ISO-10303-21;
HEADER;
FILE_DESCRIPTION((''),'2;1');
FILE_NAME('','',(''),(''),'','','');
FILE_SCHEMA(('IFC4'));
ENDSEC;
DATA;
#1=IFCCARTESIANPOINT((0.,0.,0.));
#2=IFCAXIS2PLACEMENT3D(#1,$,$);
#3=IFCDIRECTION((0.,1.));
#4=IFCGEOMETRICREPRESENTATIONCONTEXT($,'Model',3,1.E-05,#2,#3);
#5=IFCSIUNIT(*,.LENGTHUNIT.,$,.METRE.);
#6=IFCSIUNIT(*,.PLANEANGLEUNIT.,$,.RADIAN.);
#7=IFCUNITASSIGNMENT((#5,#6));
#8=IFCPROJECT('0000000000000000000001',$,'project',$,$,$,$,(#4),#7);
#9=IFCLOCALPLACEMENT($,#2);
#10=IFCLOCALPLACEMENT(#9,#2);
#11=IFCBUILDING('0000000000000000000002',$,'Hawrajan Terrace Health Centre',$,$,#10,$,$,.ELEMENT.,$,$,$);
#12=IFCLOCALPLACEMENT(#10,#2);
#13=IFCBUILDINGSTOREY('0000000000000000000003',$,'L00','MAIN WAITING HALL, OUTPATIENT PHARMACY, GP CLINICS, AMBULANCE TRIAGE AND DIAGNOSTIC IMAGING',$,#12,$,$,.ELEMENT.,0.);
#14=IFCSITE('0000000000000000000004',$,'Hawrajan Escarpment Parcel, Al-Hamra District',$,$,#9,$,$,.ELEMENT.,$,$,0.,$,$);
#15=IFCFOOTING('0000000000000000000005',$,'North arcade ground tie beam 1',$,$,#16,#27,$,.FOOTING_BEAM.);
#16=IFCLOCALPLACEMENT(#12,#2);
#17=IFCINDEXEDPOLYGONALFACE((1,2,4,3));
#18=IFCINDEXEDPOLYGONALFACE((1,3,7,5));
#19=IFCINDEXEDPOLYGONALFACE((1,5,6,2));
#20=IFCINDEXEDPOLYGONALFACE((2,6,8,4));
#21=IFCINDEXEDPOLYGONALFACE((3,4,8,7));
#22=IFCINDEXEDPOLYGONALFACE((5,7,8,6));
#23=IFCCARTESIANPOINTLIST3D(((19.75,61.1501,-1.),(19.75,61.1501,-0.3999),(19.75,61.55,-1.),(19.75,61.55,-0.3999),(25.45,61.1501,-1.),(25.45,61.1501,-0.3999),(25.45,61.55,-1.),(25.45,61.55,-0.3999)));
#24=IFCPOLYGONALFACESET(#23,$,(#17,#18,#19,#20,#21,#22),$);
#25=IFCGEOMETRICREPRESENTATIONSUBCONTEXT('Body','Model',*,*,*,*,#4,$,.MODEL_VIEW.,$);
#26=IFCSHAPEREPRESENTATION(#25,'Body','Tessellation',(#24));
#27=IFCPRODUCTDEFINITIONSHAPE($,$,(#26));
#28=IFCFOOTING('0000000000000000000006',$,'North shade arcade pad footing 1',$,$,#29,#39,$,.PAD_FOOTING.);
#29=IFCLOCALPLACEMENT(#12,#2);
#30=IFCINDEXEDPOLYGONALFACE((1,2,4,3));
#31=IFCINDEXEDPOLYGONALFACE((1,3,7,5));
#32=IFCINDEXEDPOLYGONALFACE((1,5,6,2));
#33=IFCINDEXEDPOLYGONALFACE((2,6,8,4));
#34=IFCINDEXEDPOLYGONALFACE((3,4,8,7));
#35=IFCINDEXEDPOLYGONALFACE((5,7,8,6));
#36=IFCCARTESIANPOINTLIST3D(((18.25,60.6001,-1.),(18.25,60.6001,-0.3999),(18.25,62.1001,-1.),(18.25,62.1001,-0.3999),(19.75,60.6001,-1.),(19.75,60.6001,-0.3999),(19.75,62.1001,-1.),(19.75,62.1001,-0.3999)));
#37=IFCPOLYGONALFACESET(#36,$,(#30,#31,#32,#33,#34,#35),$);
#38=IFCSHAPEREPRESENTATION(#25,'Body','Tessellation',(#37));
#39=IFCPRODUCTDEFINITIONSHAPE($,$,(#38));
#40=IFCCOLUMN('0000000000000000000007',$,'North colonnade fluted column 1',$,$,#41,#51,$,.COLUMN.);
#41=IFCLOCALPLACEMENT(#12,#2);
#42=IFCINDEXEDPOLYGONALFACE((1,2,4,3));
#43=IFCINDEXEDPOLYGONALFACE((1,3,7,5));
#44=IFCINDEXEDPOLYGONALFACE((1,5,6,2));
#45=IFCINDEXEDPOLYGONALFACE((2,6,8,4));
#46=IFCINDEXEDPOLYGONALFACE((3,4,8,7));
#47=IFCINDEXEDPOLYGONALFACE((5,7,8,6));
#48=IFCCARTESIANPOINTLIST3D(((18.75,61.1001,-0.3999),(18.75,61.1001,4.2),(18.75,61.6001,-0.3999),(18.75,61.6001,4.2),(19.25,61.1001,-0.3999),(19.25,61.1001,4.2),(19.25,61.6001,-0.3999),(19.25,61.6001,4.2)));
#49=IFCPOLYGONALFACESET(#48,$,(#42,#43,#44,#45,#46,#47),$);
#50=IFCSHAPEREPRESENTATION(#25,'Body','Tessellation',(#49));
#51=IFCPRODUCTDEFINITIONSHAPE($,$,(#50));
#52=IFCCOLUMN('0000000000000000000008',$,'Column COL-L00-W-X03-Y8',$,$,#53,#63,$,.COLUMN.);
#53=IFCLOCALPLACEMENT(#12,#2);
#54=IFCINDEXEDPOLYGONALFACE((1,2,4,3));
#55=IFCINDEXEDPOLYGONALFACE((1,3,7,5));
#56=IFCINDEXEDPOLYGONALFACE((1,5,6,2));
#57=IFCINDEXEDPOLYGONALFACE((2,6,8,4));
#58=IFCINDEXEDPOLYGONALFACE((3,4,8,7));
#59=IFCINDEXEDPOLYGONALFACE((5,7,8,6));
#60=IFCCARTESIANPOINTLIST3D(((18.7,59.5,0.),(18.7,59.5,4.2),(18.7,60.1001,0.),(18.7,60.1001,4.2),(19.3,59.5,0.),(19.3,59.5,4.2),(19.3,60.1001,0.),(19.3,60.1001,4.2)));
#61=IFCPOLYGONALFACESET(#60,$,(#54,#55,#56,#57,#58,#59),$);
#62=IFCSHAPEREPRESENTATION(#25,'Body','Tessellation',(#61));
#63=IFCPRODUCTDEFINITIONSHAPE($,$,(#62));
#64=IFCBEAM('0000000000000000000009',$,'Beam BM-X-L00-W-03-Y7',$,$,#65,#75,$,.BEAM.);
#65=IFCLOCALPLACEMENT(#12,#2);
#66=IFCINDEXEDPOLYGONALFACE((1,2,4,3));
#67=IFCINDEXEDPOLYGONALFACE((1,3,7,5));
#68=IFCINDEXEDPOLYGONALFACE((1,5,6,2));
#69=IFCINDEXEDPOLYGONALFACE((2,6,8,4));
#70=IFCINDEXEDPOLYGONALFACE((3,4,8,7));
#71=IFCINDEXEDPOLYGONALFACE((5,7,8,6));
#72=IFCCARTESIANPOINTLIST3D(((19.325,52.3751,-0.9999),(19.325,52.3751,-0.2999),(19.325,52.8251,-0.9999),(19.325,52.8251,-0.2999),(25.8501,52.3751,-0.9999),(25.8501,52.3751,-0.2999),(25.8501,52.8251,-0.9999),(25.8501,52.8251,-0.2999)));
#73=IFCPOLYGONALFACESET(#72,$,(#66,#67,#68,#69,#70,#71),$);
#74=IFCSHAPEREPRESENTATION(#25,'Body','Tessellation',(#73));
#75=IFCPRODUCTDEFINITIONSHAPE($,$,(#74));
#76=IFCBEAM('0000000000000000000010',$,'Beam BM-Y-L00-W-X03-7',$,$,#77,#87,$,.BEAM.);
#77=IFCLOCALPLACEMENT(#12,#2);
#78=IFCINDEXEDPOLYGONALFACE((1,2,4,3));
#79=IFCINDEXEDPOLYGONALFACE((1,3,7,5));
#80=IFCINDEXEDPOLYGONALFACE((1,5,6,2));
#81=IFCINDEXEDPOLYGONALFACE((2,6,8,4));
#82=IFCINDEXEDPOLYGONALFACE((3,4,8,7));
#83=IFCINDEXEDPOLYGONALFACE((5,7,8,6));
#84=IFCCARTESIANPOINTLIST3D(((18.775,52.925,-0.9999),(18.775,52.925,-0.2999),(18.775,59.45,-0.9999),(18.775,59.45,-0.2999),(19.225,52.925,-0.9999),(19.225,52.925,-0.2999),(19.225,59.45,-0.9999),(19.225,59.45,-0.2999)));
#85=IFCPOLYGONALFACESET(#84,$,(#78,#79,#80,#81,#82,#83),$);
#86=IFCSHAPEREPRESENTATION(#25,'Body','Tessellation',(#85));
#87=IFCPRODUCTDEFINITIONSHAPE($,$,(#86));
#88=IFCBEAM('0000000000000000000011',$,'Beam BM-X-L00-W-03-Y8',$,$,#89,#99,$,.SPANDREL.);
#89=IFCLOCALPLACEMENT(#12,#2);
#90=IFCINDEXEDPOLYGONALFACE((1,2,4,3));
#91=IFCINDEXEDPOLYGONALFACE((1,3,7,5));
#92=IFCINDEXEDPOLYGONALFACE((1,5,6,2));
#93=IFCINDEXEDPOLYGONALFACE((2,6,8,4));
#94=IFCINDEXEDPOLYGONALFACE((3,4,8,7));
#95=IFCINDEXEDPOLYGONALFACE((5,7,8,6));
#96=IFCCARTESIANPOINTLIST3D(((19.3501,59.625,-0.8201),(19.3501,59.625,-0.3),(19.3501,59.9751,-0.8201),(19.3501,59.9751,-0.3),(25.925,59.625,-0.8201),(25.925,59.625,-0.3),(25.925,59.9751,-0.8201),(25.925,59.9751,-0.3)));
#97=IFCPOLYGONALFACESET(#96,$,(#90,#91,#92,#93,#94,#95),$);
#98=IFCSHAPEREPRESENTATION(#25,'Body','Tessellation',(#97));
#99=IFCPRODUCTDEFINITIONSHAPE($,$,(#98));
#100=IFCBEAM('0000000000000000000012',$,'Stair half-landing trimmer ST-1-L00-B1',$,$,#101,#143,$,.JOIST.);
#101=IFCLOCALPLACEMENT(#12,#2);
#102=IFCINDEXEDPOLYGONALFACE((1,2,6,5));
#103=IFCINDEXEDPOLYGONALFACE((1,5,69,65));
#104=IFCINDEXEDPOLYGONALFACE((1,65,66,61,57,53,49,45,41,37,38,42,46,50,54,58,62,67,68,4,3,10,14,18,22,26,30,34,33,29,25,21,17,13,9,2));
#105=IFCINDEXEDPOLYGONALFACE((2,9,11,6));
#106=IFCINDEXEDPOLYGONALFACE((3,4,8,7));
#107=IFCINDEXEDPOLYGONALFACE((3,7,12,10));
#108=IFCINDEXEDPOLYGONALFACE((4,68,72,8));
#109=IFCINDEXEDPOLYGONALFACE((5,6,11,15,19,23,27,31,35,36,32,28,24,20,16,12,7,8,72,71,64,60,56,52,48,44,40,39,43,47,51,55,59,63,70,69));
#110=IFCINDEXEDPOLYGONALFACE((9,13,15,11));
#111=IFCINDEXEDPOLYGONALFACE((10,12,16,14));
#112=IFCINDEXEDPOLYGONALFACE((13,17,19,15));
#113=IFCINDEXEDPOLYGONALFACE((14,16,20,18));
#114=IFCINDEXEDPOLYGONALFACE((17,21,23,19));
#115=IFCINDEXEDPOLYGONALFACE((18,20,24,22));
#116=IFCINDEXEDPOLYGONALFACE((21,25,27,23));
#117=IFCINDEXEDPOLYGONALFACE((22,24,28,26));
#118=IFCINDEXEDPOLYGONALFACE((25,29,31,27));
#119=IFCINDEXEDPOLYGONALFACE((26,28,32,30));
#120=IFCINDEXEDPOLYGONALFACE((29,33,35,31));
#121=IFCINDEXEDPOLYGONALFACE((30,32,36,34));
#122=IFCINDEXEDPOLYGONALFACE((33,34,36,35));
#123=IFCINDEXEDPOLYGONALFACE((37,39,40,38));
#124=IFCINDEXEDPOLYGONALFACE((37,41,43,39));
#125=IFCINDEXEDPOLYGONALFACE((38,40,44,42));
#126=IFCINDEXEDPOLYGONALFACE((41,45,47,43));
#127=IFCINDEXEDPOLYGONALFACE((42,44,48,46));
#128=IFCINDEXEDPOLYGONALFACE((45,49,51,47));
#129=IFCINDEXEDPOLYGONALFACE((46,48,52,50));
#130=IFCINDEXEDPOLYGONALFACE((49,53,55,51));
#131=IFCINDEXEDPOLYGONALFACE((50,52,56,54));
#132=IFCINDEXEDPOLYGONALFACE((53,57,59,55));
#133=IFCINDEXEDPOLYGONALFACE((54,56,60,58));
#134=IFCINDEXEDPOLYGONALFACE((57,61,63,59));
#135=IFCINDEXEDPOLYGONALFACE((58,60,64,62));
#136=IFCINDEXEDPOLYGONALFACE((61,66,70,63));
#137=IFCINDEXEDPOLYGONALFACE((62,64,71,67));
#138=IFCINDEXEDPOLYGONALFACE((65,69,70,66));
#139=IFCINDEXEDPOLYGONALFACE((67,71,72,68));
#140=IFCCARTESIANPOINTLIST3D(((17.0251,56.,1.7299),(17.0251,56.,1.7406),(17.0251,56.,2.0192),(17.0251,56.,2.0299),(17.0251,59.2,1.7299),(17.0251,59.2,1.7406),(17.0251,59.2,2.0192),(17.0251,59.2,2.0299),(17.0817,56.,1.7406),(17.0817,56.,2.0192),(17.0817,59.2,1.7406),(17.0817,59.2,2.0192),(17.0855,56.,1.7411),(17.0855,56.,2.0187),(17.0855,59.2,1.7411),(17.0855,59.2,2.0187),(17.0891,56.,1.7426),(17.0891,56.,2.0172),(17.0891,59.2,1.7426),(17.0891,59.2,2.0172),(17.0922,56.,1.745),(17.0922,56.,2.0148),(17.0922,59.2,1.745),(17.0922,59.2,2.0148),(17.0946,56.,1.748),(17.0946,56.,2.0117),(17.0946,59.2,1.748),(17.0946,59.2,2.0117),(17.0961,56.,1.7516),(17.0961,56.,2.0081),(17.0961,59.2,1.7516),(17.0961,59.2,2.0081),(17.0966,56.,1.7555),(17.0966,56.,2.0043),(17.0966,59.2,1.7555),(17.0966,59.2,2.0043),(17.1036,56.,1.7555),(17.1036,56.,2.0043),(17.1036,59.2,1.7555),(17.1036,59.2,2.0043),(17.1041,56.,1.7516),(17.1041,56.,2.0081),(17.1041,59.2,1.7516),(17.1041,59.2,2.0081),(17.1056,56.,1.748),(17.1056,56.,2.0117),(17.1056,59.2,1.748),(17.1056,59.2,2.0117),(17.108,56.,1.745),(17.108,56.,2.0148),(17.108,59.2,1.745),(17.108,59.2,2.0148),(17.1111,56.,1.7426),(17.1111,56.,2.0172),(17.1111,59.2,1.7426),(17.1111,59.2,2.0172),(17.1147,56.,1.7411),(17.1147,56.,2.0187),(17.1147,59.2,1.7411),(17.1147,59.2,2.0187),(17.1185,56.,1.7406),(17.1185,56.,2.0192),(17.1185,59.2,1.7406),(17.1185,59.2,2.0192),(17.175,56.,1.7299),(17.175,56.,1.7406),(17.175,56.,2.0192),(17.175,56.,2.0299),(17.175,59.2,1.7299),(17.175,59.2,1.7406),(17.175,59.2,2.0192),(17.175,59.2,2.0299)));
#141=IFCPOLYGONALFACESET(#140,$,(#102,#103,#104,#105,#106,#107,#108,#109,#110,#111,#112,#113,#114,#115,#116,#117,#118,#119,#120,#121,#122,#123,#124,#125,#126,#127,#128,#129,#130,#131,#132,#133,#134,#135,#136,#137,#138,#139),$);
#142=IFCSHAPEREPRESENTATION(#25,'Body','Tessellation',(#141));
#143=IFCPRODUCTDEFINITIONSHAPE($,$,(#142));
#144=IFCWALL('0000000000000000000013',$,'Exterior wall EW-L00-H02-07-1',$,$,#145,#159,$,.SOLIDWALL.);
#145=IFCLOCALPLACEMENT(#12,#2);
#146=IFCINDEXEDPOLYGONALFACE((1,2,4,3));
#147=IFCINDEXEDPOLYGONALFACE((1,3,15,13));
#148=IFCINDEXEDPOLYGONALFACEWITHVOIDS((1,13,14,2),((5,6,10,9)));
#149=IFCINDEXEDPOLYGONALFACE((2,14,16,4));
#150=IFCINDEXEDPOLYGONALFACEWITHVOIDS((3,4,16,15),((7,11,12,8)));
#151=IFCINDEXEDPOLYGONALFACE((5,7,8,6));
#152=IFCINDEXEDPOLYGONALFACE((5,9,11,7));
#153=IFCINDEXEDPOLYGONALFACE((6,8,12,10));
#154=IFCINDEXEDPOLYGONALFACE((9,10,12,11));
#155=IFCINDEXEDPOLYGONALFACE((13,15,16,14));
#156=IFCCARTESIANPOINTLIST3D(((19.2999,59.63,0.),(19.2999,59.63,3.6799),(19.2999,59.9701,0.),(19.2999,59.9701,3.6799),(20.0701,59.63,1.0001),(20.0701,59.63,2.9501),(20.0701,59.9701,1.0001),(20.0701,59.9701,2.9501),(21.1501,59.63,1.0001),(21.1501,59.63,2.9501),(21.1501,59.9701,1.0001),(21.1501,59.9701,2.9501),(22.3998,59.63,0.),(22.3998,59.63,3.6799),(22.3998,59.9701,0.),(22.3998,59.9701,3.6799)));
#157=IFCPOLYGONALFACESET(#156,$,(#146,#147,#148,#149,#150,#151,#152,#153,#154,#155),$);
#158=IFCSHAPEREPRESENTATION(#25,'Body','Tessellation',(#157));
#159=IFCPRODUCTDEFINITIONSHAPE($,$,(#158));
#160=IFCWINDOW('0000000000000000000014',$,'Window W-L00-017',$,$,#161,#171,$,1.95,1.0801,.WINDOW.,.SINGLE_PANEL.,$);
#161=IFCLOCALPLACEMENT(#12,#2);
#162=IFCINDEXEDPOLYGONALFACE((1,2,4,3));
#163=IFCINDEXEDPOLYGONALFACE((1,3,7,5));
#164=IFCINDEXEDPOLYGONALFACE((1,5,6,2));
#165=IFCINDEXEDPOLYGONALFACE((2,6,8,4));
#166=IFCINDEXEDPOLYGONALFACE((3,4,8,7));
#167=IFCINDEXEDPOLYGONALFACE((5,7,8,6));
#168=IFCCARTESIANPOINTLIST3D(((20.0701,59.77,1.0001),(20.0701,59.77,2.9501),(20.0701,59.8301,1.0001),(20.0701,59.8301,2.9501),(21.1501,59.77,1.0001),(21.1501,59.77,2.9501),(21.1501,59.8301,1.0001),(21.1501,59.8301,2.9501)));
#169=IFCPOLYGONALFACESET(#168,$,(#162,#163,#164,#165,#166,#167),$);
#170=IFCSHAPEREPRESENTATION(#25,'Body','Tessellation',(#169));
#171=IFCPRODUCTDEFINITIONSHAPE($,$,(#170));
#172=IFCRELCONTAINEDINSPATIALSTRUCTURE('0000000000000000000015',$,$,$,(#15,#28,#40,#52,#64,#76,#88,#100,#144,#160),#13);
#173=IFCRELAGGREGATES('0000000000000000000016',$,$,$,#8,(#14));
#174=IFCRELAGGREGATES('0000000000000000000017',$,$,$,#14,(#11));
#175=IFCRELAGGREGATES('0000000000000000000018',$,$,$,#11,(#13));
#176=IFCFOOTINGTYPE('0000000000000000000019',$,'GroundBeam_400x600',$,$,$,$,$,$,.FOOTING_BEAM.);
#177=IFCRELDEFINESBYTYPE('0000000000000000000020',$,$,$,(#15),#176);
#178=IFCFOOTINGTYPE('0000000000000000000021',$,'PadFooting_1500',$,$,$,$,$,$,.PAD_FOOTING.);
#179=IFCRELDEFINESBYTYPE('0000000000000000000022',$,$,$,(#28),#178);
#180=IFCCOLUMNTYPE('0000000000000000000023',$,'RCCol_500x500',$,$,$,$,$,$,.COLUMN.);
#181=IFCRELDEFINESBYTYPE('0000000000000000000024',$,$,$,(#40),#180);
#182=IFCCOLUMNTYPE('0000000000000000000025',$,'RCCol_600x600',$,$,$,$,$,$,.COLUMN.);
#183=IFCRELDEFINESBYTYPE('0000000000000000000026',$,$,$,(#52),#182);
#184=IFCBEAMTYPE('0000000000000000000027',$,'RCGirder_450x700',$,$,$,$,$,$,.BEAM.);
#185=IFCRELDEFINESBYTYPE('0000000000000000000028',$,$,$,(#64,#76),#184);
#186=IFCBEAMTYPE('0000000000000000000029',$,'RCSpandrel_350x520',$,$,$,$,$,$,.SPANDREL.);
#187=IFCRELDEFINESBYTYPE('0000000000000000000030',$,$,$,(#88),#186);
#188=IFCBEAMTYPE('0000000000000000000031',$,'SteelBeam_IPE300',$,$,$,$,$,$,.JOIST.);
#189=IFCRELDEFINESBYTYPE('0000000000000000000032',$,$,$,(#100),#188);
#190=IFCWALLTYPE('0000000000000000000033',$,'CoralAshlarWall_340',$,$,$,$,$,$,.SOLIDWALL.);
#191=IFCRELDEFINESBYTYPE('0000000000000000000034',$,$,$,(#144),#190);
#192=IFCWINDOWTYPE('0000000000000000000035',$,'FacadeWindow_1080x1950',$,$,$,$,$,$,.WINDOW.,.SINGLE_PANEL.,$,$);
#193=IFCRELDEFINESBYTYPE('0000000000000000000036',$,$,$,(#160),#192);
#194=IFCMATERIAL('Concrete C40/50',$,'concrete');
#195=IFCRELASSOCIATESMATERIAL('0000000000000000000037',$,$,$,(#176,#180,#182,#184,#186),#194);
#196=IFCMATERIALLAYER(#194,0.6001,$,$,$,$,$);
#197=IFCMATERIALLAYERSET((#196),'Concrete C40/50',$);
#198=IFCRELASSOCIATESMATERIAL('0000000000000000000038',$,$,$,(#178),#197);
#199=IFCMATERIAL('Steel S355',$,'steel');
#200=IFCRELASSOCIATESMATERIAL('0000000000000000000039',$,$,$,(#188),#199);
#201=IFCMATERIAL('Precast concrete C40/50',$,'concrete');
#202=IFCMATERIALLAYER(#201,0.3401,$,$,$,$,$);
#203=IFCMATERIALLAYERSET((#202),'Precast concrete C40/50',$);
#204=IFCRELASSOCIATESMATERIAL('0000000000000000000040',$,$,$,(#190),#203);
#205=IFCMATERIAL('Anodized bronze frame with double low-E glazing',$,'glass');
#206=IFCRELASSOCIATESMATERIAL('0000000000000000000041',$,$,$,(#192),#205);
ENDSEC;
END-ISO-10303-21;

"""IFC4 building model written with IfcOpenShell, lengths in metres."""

from ifc_helpers import new_model, si_unit, direction, frame, frame_2d, origin, origin_2d, place, context, subcontext, project, spatial, rectangle, i_section, extrude, material, layer, layer_set, material_profile, profile_set, type_object, element, fill, save


model = new_model("IFC4")

# Units and contexts
model_context = context("Model", 3, precision=1e-05, world=origin(), true_north=direction((0.0, 1.0)))
body_context = subcontext(model_context, "Body", "Model", "MODEL_VIEW")
ifc_project = project(units=[si_unit("LENGTHUNIT", "METRE"), si_unit("PLANEANGLEUNIT", "RADIAN")], contexts=[model_context])

# Site, building, storey
site_placement = place(None, origin())
site = spatial("IfcSite", under=ifc_project, at=site_placement, Name="Hawrajan Escarpment Parcel, Al-Hamra District", CompositionType="ELEMENT", RefElevation=0.0)
building_placement = place(site_placement, origin())
building = spatial("IfcBuilding", under=site, at=building_placement, Name="Hawrajan Terrace Health Centre", CompositionType="ELEMENT")
storey_placement = place(building_placement, origin())
storey = spatial("IfcBuildingStorey", under=building, at=storey_placement, Name="L00", Description="MAIN WAITING HALL, OUTPATIENT PHARMACY, GP CLINICS, AMBULANCE TRIAGE AND DIAGNOSTIC IMAGING", CompositionType="ELEMENT", Elevation=0.0)

# Footings
ifc_material_1 = material(Name="Concrete C40/50", Category="concrete")
ifc_material_profile_1 = material_profile(ifc_material_1, rectangle(XDim=0.3999, YDim=0.6001, at=origin_2d()), Name="RC BM 400x600")
ifc_profile_set_1 = profile_set([ifc_material_profile_1], Name="Concrete C40/50")
footing_type_1 = type_object("IfcFootingType", Name="GroundBeam_400x600", PredefinedType="FOOTING_BEAM", material=ifc_profile_set_1)
footing_1_placement = place(storey_placement, frame((19.75, 61.3501, -0.7), z_axis=(1.0, 0.0, 0.0), x_axis=(0.0, 1.0, 0.0)))
element("IfcFooting", 1, at=footing_1_placement, inside=storey, type_object=footing_type_1, Name="North arcade ground tie beam 1", PredefinedType="FOOTING_BEAM", context=body_context, shape_type="SweptSolid", body=[
    extrude(rectangle(XDim=0.3999, YDim=0.6001, at=origin_2d()), origin(), (0.0, 0.0, 1.0), 5.7),
])
ifc_layer_1 = layer(ifc_material_1, 0.6001)
ifc_layer_set_1 = layer_set([ifc_layer_1], Name="Concrete C40/50")
footing_type_2 = type_object("IfcFootingType", Name="PadFooting_1500", PredefinedType="PAD_FOOTING", material=ifc_layer_set_1)
footing_2_placement = place(storey_placement, frame((19.0, 61.3501, -1.0), z_axis=(0.0, 0.0, 1.0), x_axis=(1.0, 0.0, 0.0)))
element("IfcFooting", 2, at=footing_2_placement, inside=storey, type_object=footing_type_2, Name="North shade arcade pad footing 1", PredefinedType="PAD_FOOTING", context=body_context, shape_type="SweptSolid", body=[
    extrude(rectangle(XDim=1.5, YDim=1.5, at=origin_2d()), origin(), (0.0, 0.0, 1.0), 0.6001),
])

# Columns
ifc_material_profile_2 = material_profile(ifc_material_1, rectangle(XDim=0.5, YDim=0.5, at=origin_2d()), Name="RC 500x500")
ifc_profile_set_2 = profile_set([ifc_material_profile_2], Name="Concrete C40/50")
column_type_1 = type_object("IfcColumnType", Name="RCCol_500x500", PredefinedType="COLUMN", material=ifc_profile_set_2)
column_1_placement = place(storey_placement, frame((19.0, 61.3501, -0.3999), z_axis=(0.0, 0.0, 1.0), x_axis=(1.0, 0.0, 0.0)))
element("IfcColumn", 3, at=column_1_placement, inside=storey, type_object=column_type_1, Name="North colonnade fluted column 1", PredefinedType="COLUMN", context=body_context, shape_type="SweptSolid", body=[
    extrude(rectangle(XDim=0.5, YDim=0.5, at=origin_2d()), origin(), (0.0, 0.0, 1.0), 4.5999),
])
ifc_material_profile_3 = material_profile(ifc_material_1, rectangle(XDim=0.6001, YDim=0.6001, at=origin_2d()), Name="RC 600x600")
ifc_profile_set_3 = profile_set([ifc_material_profile_3], Name="Concrete C40/50")
column_type_2 = type_object("IfcColumnType", Name="RCCol_600x600", PredefinedType="COLUMN", material=ifc_profile_set_3)
column_2_placement = place(storey_placement, frame((19.0, 59.8, 0.0), z_axis=(0.0, 0.0, 1.0), x_axis=(1.0, 0.0, 0.0)))
element("IfcColumn", 4, at=column_2_placement, inside=storey, type_object=column_type_2, Name="Column COL-L00-W-X03-Y8", PredefinedType="COLUMN", context=body_context, shape_type="SweptSolid", body=[
    extrude(rectangle(XDim=0.6001, YDim=0.6001, at=origin_2d()), origin(), (0.0, 0.0, 1.0), 4.2),
])

# Beams
ifc_material_profile_4 = material_profile(ifc_material_1, rectangle(XDim=0.45, YDim=0.7, at=origin_2d()), Name="RC BM 450x700")
ifc_profile_set_4 = profile_set([ifc_material_profile_4], Name="Concrete C40/50")
beam_type_1 = type_object("IfcBeamType", Name="RCGirder_450x700", PredefinedType="BEAM", material=ifc_profile_set_4)
beam_1_placement = place(storey_placement, frame((19.325, 52.6001, -0.6499), z_axis=(1.0, 0.0, 0.0), x_axis=(0.0, 1.0, 0.0)))
element("IfcBeam", 5, at=beam_1_placement, inside=storey, type_object=beam_type_1, Name="Beam BM-X-L00-W-03-Y7", PredefinedType="BEAM", context=body_context, shape_type="SweptSolid", body=[
    extrude(rectangle(XDim=0.45, YDim=0.7, at=origin_2d()), origin(), (0.0, 0.0, 1.0), 6.5251),
])
beam_2_placement = place(storey_placement, frame((19.0, 52.925, -0.6499), z_axis=(0.0, 1.0, 0.0), x_axis=(-1.0, 0.0, 0.0)))
element("IfcBeam", 6, at=beam_2_placement, inside=storey, type_object=beam_type_1, Name="Beam BM-Y-L00-W-X03-7", PredefinedType="BEAM", context=body_context, shape_type="SweptSolid", body=[
    extrude(rectangle(XDim=0.45, YDim=0.7, at=origin_2d()), origin(), (0.0, 0.0, 1.0), 6.5249),
])
ifc_material_profile_5 = material_profile(ifc_material_1, rectangle(XDim=0.3501, YDim=0.52, at=origin_2d()), Name="RC SP 350x520")
ifc_profile_set_5 = profile_set([ifc_material_profile_5], Name="Concrete C40/50")
beam_type_2 = type_object("IfcBeamType", Name="RCSpandrel_350x520", PredefinedType="SPANDREL", material=ifc_profile_set_5)
beam_3_placement = place(storey_placement, frame((19.3501, 59.8, -0.5601), z_axis=(1.0, 0.0, 0.0), x_axis=(0.0, 1.0, 0.0)))
element("IfcBeam", 7, at=beam_3_placement, inside=storey, type_object=beam_type_2, Name="Beam BM-X-L00-W-03-Y8", PredefinedType="SPANDREL", context=body_context, shape_type="SweptSolid", body=[
    extrude(rectangle(XDim=0.3501, YDim=0.52, at=origin_2d()), origin(), (0.0, 0.0, 1.0), 6.575),
])
ifc_material_2 = material(Name="Steel S355", Category="steel")
ifc_material_profile_6 = material_profile(ifc_material_2, i_section(OverallWidth=0.1499, OverallDepth=0.3, WebThickness=0.0071, FlangeThickness=0.0107, FilletRadius=0.0149, at=origin_2d()), Name="IPE 300")
ifc_profile_set_6 = profile_set([ifc_material_profile_6], Name="Steel S355")
beam_type_3 = type_object("IfcBeamType", Name="SteelBeam_IPE300", PredefinedType="JOIST", material=ifc_profile_set_6)
beam_4_placement = place(storey_placement, frame((17.1001, 56.0, 1.8799), z_axis=(0.0, 1.0, 0.0), x_axis=(-1.0, 0.0, 0.0)))
element("IfcBeam", 8, at=beam_4_placement, inside=storey, type_object=beam_type_3, Name="Stair half-landing trimmer ST-1-L00-B1", PredefinedType="JOIST", context=body_context, shape_type="SweptSolid", body=[
    extrude(i_section(OverallWidth=0.1499, OverallDepth=0.3, WebThickness=0.0071, FlangeThickness=0.0107, FilletRadius=0.0149, at=origin_2d()), origin(), (0.0, 0.0, 1.0), 3.2),
])

# Wall, opening, window
ifc_material_3 = material(Name="Precast concrete C40/50", Category="concrete")
ifc_layer_2 = layer(ifc_material_3, 0.3401)
ifc_layer_set_2 = layer_set([ifc_layer_2], Name="Precast concrete C40/50")
wall_type_1 = type_object("IfcWallType", Name="CoralAshlarWall_340", PredefinedType="SOLIDWALL", material=ifc_layer_set_2)
wall_1_placement = place(storey_placement, frame((19.3, 59.8, 0.0), z_axis=(0.0, 0.0, 1.0), x_axis=(1.0, 0.0, 0.0)))
wall_1 = element("IfcWall", 9, at=wall_1_placement, inside=storey, type_object=wall_type_1, Name="Exterior wall EW-L00-H02-07-1", PredefinedType="SOLIDWALL", context=body_context, shape_type="SweptSolid", body=[
    extrude(rectangle(XDim=3.0999, YDim=0.3401, at=frame_2d((1.5498, 0.0))), origin(), (0.0, 0.0, 1.0), 3.6799),
])
opening_1_placement = place(wall_1_placement, frame((0.77, 0.0, 1.0)))
opening_1 = element("IfcOpeningElement", 10, at=opening_1_placement, cuts=wall_1, PredefinedType="OPENING", context=body_context, shape_type="SweptSolid", body=[
    extrude(rectangle(XDim=1.0801, YDim=1.95, at=frame_2d((0.54, 0.9751))), frame((0.0, 0.1799, 0.0), z_axis=(0.0, -1.0, 0.0), x_axis=(1.0, 0.0, 0.0)), (0.0, 0.0, 1.0), 0.3601),
])
ifc_material_4 = material(Name="Anodized bronze frame with double low-E glazing", Category="glass")
window_type = type_object("IfcWindowType", Name="FacadeWindow_1080x1950", PartitioningType="SINGLE_PANEL", PredefinedType="WINDOW", material=ifc_material_4)
window_placement = place(opening_1_placement, origin())
window = element("IfcWindow", 11, at=window_placement, inside=storey, type_object=window_type, Name="Window W-L00-017", OverallHeight=1.95, OverallWidth=1.0801, PartitioningType="SINGLE_PANEL", PredefinedType="WINDOW", context=body_context, shape_type="SweptSolid", body=[
    extrude(rectangle(XDim=1.0801, YDim=1.95, at=frame_2d((0.54, 0.9751))), frame((0.0, 0.03, 0.0), z_axis=(0.0, -1.0, 0.0), x_axis=(1.0, 0.0, 0.0)), (0.0, 0.0, 1.0), 0.0601),
])
fill(opening_1, window)

save(model, "model.ifc")
